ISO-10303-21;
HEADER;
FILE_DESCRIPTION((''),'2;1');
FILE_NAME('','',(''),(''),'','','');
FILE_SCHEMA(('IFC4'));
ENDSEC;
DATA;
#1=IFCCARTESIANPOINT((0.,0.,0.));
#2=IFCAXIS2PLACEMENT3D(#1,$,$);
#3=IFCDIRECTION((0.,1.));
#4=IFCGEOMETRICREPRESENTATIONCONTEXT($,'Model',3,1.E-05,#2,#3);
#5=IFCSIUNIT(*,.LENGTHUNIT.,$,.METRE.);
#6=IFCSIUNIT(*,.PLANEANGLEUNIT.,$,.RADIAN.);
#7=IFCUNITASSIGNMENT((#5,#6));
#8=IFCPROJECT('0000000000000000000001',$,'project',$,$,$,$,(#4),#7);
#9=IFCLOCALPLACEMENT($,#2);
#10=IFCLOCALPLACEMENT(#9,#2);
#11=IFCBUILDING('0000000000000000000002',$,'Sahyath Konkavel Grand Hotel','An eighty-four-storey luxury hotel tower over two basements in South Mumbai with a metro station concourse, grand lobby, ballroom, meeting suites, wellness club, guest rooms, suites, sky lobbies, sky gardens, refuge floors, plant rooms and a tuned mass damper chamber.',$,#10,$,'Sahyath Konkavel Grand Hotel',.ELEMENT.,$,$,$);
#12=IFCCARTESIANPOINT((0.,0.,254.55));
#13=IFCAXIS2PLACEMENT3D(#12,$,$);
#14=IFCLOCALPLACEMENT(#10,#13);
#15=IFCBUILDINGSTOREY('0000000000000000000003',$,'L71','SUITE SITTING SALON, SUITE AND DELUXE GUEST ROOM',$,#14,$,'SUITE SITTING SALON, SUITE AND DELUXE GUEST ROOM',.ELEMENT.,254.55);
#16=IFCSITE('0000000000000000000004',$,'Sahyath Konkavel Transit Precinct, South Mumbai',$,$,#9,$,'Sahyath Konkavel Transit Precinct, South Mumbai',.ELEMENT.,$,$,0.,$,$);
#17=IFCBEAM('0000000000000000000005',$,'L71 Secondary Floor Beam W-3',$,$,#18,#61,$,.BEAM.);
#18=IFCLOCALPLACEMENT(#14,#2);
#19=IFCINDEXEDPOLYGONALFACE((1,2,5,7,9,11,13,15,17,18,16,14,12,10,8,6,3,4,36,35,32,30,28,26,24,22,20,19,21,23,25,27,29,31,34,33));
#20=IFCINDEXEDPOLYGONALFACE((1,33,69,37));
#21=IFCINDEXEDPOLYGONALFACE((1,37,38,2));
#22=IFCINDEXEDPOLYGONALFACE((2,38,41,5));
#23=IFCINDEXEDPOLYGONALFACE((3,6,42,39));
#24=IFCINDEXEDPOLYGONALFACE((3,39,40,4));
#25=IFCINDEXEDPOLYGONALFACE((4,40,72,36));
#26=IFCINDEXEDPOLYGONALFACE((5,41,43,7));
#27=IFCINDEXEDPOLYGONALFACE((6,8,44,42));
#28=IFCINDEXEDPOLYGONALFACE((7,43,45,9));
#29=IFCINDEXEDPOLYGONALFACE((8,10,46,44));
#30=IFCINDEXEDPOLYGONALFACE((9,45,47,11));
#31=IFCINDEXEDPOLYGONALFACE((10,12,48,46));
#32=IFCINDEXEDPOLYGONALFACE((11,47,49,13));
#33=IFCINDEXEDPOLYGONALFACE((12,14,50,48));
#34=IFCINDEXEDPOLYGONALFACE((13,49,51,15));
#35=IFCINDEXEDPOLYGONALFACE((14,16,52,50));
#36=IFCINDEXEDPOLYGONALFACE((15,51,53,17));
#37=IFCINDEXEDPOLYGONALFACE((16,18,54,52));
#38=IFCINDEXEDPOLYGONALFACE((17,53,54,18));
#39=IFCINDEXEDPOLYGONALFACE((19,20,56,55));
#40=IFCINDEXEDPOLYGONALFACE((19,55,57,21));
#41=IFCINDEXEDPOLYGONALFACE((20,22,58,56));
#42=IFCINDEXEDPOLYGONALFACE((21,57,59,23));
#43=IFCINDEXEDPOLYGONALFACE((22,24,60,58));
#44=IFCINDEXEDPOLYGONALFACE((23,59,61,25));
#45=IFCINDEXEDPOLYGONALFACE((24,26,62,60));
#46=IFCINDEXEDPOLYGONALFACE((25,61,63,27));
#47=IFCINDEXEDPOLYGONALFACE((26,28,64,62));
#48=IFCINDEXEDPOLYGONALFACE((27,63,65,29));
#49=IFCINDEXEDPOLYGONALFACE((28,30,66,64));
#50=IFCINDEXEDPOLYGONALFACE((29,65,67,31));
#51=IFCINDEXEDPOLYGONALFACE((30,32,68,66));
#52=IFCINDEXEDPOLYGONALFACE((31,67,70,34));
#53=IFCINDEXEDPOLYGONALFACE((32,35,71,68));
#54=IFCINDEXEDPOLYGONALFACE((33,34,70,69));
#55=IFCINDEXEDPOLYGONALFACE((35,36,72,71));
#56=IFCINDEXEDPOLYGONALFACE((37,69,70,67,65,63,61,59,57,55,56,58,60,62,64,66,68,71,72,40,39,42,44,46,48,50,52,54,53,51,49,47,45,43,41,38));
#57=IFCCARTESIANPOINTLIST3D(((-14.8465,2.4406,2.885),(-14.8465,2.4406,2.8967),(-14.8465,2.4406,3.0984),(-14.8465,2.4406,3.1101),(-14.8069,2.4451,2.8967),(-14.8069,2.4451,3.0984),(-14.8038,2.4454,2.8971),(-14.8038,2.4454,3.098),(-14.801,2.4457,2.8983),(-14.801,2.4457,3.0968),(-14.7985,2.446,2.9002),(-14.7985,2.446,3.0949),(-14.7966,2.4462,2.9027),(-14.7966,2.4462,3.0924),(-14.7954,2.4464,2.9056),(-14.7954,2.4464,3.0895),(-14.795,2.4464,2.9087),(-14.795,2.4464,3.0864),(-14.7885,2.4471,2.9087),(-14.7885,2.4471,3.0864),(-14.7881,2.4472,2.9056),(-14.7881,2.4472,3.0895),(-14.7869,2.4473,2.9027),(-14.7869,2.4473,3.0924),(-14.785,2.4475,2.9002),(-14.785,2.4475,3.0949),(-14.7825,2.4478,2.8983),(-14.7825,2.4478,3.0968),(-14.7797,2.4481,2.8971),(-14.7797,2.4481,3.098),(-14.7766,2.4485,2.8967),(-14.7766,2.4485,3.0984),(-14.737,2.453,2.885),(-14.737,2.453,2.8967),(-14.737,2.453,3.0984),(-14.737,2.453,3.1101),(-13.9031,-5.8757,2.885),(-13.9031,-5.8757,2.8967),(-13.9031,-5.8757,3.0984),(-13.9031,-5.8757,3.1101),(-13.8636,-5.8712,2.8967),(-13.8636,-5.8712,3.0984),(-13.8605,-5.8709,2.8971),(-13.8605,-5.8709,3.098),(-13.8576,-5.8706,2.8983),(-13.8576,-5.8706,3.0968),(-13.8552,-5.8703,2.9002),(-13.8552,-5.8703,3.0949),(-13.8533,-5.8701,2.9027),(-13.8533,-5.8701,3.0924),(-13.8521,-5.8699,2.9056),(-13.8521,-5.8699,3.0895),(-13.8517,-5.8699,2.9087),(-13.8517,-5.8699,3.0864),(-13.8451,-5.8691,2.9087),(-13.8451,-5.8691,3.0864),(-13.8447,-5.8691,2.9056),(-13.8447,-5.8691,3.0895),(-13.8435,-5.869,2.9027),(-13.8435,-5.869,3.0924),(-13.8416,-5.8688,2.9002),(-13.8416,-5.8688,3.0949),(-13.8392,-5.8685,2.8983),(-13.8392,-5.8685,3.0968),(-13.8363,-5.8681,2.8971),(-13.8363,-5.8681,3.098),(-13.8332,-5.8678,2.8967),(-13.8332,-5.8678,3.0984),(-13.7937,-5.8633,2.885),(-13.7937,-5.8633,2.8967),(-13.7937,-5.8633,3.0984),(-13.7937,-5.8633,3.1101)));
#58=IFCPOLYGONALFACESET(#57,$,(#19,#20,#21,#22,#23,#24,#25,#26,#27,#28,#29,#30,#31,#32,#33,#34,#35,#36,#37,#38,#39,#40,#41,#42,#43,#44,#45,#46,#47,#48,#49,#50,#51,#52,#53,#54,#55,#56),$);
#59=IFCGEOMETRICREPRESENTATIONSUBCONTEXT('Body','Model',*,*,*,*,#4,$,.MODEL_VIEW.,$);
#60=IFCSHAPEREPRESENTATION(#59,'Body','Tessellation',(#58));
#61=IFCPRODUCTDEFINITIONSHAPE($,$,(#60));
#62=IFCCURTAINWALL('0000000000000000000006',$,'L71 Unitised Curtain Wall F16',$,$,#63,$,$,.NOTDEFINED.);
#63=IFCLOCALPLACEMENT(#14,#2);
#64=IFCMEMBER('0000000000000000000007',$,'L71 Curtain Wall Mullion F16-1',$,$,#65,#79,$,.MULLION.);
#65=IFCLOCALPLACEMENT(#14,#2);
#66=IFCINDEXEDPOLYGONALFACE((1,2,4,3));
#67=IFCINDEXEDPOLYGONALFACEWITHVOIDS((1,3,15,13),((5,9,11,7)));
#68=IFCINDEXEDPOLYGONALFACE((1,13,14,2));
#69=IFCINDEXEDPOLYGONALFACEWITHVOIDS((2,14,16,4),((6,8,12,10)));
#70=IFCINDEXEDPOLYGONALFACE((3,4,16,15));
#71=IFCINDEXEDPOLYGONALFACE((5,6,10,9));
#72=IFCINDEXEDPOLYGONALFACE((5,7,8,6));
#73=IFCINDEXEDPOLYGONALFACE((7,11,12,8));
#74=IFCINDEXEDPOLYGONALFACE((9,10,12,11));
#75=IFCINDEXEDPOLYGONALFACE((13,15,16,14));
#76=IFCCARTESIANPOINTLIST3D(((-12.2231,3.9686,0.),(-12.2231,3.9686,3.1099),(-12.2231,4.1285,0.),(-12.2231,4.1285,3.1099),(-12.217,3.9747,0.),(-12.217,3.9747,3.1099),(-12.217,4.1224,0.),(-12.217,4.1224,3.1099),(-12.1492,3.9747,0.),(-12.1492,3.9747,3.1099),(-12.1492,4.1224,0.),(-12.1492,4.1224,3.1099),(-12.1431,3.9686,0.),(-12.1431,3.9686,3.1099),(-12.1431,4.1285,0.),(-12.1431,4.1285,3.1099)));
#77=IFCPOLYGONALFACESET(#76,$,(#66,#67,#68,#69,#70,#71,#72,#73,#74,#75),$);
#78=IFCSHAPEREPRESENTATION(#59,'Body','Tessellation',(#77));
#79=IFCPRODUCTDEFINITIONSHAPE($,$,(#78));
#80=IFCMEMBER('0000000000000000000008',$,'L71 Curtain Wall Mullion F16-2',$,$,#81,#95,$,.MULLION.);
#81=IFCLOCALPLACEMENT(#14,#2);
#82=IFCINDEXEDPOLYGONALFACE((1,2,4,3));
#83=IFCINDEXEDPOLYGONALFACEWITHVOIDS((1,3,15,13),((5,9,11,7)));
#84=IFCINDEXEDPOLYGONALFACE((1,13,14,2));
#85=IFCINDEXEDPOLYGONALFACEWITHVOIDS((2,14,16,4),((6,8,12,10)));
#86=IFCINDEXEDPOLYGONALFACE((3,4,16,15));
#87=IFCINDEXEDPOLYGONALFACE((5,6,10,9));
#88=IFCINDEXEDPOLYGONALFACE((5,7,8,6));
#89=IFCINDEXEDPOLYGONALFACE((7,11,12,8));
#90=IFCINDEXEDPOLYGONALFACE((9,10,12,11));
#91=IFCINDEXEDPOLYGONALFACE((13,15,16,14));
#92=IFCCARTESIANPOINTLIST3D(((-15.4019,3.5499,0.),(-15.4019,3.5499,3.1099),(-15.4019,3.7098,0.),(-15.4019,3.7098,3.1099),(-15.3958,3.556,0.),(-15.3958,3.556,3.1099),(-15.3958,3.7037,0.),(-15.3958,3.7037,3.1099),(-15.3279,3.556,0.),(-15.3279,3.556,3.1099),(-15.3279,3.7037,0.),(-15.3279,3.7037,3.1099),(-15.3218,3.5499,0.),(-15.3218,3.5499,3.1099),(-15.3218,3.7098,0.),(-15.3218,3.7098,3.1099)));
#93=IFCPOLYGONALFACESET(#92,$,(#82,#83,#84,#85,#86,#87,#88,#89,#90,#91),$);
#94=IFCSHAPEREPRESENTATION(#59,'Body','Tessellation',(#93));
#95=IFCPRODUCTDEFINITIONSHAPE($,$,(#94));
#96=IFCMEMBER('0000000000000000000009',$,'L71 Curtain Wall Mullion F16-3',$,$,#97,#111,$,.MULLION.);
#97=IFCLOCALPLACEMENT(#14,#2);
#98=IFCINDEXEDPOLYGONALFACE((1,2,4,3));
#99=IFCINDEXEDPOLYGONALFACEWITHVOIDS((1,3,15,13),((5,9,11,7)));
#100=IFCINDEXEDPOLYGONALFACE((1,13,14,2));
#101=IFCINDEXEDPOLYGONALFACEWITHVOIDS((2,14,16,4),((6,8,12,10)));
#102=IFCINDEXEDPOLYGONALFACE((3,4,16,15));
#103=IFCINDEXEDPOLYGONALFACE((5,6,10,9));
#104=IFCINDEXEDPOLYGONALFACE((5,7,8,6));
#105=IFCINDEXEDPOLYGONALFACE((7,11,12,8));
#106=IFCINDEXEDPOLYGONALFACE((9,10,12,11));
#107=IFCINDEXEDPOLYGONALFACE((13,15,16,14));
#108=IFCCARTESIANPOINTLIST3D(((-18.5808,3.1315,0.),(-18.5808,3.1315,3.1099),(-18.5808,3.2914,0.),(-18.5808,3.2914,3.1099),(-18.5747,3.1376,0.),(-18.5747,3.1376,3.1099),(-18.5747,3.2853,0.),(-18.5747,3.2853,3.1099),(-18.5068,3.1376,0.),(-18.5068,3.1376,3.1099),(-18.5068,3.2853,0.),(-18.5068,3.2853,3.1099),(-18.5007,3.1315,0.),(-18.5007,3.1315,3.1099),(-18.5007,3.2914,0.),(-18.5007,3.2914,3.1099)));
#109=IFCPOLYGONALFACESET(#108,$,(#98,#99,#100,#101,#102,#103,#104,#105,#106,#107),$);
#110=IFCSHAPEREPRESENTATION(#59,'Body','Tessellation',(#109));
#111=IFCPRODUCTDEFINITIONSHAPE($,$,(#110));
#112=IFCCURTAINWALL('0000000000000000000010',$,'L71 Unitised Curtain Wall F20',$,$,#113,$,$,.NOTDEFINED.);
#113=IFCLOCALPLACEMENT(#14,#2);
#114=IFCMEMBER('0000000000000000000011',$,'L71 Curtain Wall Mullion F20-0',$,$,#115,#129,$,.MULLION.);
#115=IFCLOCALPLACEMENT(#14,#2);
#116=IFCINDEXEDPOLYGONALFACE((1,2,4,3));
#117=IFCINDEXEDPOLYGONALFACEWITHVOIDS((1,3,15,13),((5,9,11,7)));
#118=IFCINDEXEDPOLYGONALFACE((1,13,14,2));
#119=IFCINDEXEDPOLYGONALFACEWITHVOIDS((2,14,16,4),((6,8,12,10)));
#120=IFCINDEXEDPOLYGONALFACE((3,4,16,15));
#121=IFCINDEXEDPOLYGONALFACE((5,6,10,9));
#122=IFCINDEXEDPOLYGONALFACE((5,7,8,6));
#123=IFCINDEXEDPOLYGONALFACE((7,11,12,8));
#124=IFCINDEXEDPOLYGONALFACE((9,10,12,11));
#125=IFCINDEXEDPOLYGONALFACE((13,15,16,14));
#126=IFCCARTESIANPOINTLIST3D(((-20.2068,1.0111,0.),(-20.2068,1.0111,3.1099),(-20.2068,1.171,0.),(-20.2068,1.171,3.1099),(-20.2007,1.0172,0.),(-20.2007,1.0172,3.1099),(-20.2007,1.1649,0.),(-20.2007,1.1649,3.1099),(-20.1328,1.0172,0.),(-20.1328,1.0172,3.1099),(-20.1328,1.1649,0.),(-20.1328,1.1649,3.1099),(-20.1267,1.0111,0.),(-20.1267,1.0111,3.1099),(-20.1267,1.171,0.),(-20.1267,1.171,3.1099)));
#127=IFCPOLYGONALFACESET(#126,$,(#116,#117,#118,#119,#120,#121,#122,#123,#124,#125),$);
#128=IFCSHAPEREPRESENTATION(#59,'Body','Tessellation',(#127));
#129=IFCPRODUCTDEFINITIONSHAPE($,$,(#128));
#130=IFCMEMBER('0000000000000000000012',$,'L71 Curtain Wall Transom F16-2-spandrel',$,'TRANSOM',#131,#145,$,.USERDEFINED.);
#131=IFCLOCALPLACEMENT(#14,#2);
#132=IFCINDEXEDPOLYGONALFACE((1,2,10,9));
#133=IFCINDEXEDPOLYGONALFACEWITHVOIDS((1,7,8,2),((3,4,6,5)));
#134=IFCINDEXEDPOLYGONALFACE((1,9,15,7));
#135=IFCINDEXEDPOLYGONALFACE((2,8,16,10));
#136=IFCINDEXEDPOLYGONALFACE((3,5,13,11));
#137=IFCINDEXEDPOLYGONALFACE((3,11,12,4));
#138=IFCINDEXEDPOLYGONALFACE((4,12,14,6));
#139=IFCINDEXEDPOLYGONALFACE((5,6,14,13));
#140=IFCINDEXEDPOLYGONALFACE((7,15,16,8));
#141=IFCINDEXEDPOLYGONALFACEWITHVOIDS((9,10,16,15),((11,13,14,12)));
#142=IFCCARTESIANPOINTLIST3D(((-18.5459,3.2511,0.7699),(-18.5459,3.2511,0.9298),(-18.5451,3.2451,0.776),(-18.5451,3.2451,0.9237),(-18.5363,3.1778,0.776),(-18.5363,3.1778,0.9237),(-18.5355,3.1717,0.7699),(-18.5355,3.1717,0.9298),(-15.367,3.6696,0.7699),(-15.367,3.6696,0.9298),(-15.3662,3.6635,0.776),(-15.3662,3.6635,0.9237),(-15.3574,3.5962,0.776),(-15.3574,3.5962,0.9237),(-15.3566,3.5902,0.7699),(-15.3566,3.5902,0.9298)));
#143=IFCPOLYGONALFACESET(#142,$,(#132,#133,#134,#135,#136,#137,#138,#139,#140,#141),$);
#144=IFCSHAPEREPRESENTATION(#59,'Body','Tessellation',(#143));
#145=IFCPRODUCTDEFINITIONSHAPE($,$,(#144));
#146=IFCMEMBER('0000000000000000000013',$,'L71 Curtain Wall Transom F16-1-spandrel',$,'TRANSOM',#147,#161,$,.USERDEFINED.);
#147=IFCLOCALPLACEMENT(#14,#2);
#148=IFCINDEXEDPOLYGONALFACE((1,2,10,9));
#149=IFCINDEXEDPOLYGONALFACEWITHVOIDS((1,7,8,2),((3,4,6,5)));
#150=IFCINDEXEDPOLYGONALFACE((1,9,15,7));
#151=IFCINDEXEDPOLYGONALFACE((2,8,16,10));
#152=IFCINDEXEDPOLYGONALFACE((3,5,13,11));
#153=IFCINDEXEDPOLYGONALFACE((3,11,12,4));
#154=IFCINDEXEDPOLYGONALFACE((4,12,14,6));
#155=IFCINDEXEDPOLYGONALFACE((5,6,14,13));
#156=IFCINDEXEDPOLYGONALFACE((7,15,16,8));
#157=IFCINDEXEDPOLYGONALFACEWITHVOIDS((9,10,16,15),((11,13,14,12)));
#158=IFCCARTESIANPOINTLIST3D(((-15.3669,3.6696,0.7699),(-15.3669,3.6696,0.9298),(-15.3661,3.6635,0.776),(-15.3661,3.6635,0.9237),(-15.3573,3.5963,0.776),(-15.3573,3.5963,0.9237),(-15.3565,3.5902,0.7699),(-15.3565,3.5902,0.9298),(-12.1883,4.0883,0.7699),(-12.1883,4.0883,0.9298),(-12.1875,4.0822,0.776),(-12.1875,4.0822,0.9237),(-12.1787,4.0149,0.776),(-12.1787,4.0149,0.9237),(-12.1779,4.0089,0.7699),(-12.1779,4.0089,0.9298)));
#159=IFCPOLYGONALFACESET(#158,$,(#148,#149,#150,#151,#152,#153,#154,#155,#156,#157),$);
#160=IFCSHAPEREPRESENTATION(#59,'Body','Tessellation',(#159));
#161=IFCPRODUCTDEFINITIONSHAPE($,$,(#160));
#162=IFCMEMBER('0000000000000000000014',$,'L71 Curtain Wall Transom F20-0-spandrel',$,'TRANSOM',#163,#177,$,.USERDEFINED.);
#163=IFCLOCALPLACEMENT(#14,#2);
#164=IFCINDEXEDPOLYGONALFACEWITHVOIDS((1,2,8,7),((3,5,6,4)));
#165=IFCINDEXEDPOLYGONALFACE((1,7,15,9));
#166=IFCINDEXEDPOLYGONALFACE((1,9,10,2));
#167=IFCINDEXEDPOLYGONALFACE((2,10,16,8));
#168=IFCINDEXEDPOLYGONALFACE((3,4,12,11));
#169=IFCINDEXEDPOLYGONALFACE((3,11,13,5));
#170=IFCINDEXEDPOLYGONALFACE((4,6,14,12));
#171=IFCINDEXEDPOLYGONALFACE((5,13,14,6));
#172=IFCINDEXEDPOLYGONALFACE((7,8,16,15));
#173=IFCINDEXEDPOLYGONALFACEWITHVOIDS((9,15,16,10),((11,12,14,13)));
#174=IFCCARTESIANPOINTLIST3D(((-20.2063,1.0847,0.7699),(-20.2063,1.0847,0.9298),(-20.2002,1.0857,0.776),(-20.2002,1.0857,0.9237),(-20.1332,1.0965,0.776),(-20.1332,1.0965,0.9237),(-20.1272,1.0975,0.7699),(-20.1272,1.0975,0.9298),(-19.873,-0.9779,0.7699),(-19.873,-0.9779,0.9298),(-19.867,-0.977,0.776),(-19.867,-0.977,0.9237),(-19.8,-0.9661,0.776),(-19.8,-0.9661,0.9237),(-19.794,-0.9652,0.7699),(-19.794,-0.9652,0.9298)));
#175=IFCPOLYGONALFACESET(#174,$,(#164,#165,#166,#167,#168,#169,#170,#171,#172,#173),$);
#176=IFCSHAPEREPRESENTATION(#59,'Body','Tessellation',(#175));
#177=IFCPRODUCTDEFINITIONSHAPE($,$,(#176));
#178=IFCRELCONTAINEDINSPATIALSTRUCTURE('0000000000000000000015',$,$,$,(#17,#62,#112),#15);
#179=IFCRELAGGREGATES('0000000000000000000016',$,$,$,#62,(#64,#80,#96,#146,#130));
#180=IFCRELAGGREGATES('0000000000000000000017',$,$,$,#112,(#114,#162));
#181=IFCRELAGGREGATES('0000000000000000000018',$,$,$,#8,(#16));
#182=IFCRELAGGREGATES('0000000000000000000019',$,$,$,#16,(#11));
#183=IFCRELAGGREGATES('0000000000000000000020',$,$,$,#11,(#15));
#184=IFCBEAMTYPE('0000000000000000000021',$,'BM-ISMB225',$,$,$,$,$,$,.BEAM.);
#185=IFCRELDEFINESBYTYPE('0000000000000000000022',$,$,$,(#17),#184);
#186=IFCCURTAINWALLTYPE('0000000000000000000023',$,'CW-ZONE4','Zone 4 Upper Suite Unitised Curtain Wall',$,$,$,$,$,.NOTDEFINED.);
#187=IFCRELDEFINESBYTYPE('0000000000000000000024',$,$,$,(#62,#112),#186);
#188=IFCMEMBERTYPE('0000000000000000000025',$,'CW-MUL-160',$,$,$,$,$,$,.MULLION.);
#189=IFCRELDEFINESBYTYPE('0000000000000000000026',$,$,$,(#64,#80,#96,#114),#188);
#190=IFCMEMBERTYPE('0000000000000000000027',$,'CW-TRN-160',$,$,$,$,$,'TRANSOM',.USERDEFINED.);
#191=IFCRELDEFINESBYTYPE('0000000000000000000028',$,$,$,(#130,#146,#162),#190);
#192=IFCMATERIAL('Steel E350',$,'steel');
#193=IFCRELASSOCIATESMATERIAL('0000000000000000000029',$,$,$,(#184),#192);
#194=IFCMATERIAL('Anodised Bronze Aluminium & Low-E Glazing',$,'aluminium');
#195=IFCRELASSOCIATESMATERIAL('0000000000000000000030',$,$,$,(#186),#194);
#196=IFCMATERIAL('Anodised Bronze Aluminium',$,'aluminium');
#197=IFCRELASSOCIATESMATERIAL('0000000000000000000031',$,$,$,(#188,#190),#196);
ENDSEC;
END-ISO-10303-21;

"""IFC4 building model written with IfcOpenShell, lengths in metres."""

from ifc_helpers import new_model, si_unit, direction, frame, origin, origin_2d, place, context, subcontext, project, spatial, hollow_rectangle, i_section, extrude, source, transform, mapped, material, material_profile, profile_set, type_object, element, aggregate, save


model = new_model("IFC4")

# Units and contexts
model_context = context("Model", 3, precision=1e-05, world=origin(), true_north=direction((0.0, 1.0)))
body_context = subcontext(model_context, "Body", "Model", "MODEL_VIEW")
ifc_project = project(units=[si_unit("LENGTHUNIT", "METRE"), si_unit("PLANEANGLEUNIT", "RADIAN")], contexts=[model_context])

# Site, building, storey
site_placement = place(None, origin())
site = spatial("IfcSite", under=ifc_project, at=site_placement, Name="Sahyath Konkavel Transit Precinct, South Mumbai", LongName="Sahyath Konkavel Transit Precinct, South Mumbai", CompositionType="ELEMENT", RefElevation=0.0)
building_placement = place(site_placement, origin())
building = spatial("IfcBuilding", under=site, at=building_placement, Name="Sahyath Konkavel Grand Hotel", Description="An eighty-four-storey luxury hotel tower over two basements in South Mumbai with a metro station concourse, grand lobby, ballroom, meeting suites, wellness club, guest rooms, suites, sky lobbies, sky gardens, refuge floors, plant rooms and a tuned mass damper chamber.", LongName="Sahyath Konkavel Grand Hotel", CompositionType="ELEMENT")
storey_placement = place(building_placement, frame((0.0, 0.0, 254.55)))
storey = spatial("IfcBuildingStorey", under=building, at=storey_placement, Name="L71", Description="SUITE SITTING SALON, SUITE AND DELUXE GUEST ROOM", LongName="SUITE SITTING SALON, SUITE AND DELUXE GUEST ROOM", CompositionType="ELEMENT", Elevation=254.55)

# Beam
ifc_material_1 = material(Name="Steel E350", Category="steel")
ifc_material_profile_1 = material_profile(ifc_material_1, i_section(OverallWidth=0.1101, OverallDepth=0.2251, WebThickness=0.0066, FlangeThickness=0.0117, FilletRadius=0.012, at=origin_2d()), Name="ISMB 225")
ifc_profile_set_1 = profile_set([ifc_material_profile_1], Name="Steel E350")
beam_type_1 = type_object("IfcBeamType", Name="BM-ISMB225", PredefinedType="BEAM", material=ifc_profile_set_1)
shared_shape_1 = source(origin(), body_context, "Body", "SweptSolid", [
    extrude(i_section(OverallWidth=0.1101, OverallDepth=0.2251, WebThickness=0.0066, FlangeThickness=0.0117, FilletRadius=0.012, at=origin_2d()), origin(), (0.0, 0.0, 1.0), 8.3696),
])
beam_1_placement = place(storey_placement, frame((-14.7917, 2.4468, 2.9976), z_axis=(0.112711, -0.993628, 0.0), x_axis=(0.993628, 0.112711, 0.0)))
element("IfcBeam", 1, at=beam_1_placement, inside=storey, type_object=beam_type_1, Name="L71 Secondary Floor Beam W-3", PredefinedType="BEAM", context=body_context, shape_type="MappedRepresentation", body=[
    mapped(shared_shape_1, transform((0.0, 0.0, 0.0), scale=1.0)),
])

# Curtain wall, members
ifc_material_2 = material(Name="Anodised Bronze Aluminium & Low-E Glazing", Category="aluminium")
curtain_wall_type = type_object("IfcCurtainWallType", Name="CW-ZONE4", Description="Zone 4 Upper Suite Unitised Curtain Wall", PredefinedType="NOTDEFINED", material=ifc_material_2)
curtain_wall_1_placement = place(storey_placement, origin())
curtain_wall_1 = element("IfcCurtainWall", 2, at=curtain_wall_1_placement, inside=storey, type_object=curtain_wall_type, Name="L71 Unitised Curtain Wall F16", PredefinedType="NOTDEFINED")
ifc_material_3 = material(Name="Anodised Bronze Aluminium", Category="aluminium")
ifc_material_profile_2 = material_profile(ifc_material_3, hollow_rectangle(XDim=0.0801, YDim=0.1599, WallThickness=0.0061, at=origin_2d()), Name="RHS 160x80x6")
ifc_profile_set_2 = profile_set([ifc_material_profile_2], Name="Anodised Bronze Aluminium")
member_type_1 = type_object("IfcMemberType", Name="CW-MUL-160", PredefinedType="MULLION", material=ifc_profile_set_2)
shared_shape_2 = source(origin(), body_context, "Body", "SweptSolid", [
    extrude(hollow_rectangle(XDim=0.0801, YDim=0.1599, WallThickness=0.0061, at=origin_2d()), origin(), (0.0, 0.0, 1.0), 3.1099),
])
member_1_placement = place(storey_placement, frame((-12.1831, 4.0486, 0.0), z_axis=(0.0, 0.0, 1.0), x_axis=(1.0, 0.0, 0.0)))
member_1 = element("IfcMember", 3, at=member_1_placement, type_object=member_type_1, Name="L71 Curtain Wall Mullion F16-1", PredefinedType="MULLION", context=body_context, shape_type="MappedRepresentation", body=[
    mapped(shared_shape_2, transform((0.0, 0.0, 0.0), scale=1.0)),
])
member_2_placement = place(storey_placement, frame((-15.3618, 3.6299, 0.0), z_axis=(0.0, 0.0, 1.0), x_axis=(1.0, 0.0, 0.0)))
member_2 = element("IfcMember", 4, at=member_2_placement, type_object=member_type_1, Name="L71 Curtain Wall Mullion F16-2", PredefinedType="MULLION", context=body_context, shape_type="MappedRepresentation", body=[
    mapped(shared_shape_2, transform((0.0, 0.0, 0.0), scale=1.0)),
])
member_3_placement = place(storey_placement, frame((-18.5408, 3.2114, 0.0), z_axis=(0.0, 0.0, 1.0), x_axis=(1.0, 0.0, 0.0)))
member_3 = element("IfcMember", 5, at=member_3_placement, type_object=member_type_1, Name="L71 Curtain Wall Mullion F16-3", PredefinedType="MULLION", context=body_context, shape_type="MappedRepresentation", body=[
    mapped(shared_shape_2, transform((0.0, 0.0, 0.0), scale=1.0)),
])

# Curtain wall, member
curtain_wall_2_placement = place(storey_placement, origin())
curtain_wall_2 = element("IfcCurtainWall", 6, at=curtain_wall_2_placement, inside=storey, type_object=curtain_wall_type, Name="L71 Unitised Curtain Wall F20", PredefinedType="NOTDEFINED")
member_4_placement = place(storey_placement, frame((-20.1667, 1.0911, 0.0), z_axis=(0.0, 0.0, 1.0), x_axis=(1.0, 0.0, 0.0)))
member_4 = element("IfcMember", 7, at=member_4_placement, type_object=member_type_1, Name="L71 Curtain Wall Mullion F20-0", PredefinedType="MULLION", context=body_context, shape_type="MappedRepresentation", body=[
    mapped(shared_shape_2, transform((0.0, 0.0, 0.0), scale=1.0)),
])

# Members
ifc_material_profile_3 = material_profile(ifc_material_3, hollow_rectangle(XDim=0.0801, YDim=0.1599, WallThickness=0.0061, at=origin_2d()), Name="RHS 160x80x6")
ifc_profile_set_3 = profile_set([ifc_material_profile_3], Name="Anodised Bronze Aluminium")
member_type_2 = type_object("IfcMemberType", Name="CW-TRN-160", ElementType="TRANSOM", PredefinedType="USERDEFINED", material=ifc_profile_set_3)
shared_shape_3 = source(origin(), body_context, "Body", "SweptSolid", [
    extrude(hollow_rectangle(XDim=0.0801, YDim=0.1599, WallThickness=0.0061, at=origin_2d()), origin(), (0.0, 0.0, 1.0), 3.2063),
])
member_5_placement = place(storey_placement, frame((-15.3618, 3.6299, 0.8499), z_axis=(-0.991447, -0.130508, 0.0), x_axis=(0.130508, -0.991447, 0.0)))
member_5 = element("IfcMember", 8, at=member_5_placement, type_object=member_type_2, Name="L71 Curtain Wall Transom F16-2-spandrel", ObjectType="TRANSOM", PredefinedType="USERDEFINED", context=body_context, shape_type="MappedRepresentation", body=[
    mapped(shared_shape_3, transform((0.0, 0.0, 0.0), scale=1.0)),
])
shared_shape_4 = source(origin(), body_context, "Body", "SweptSolid", [
    extrude(hollow_rectangle(XDim=0.0801, YDim=0.1599, WallThickness=0.0061, at=origin_2d()), origin(), (0.0, 0.0, 1.0), 3.2061),
])
member_6_placement = place(storey_placement, frame((-12.1831, 4.0486, 0.8499), z_axis=(-0.991436, -0.130592, 0.0), x_axis=(0.130592, -0.991436, 0.0)))
member_6 = element("IfcMember", 9, at=member_6_placement, type_object=member_type_2, Name="L71 Curtain Wall Transom F16-1-spandrel", ObjectType="TRANSOM", PredefinedType="USERDEFINED", context=body_context, shape_type="MappedRepresentation", body=[
    mapped(shared_shape_4, transform((0.0, 0.0, 0.0), scale=1.0)),
])
shared_shape_5 = source(origin(), body_context, "Body", "SweptSolid", [
    extrude(hollow_rectangle(XDim=0.0801, YDim=0.1599, WallThickness=0.0061, at=origin_2d()), origin(), (0.0, 0.0, 1.0), 2.0894),
])
member_7_placement = place(storey_placement, frame((-20.1667, 1.0911, 0.8499), z_axis=(0.159508, -0.987197, 0.0), x_axis=(0.987197, 0.159508, 0.0)))
member_7 = element("IfcMember", 10, at=member_7_placement, type_object=member_type_2, Name="L71 Curtain Wall Transom F20-0-spandrel", ObjectType="TRANSOM", PredefinedType="USERDEFINED", context=body_context, shape_type="MappedRepresentation", body=[
    mapped(shared_shape_5, transform((0.0, 0.0, 0.0), scale=1.0)),
])

aggregate(curtain_wall_1, [member_1, member_2, member_3, member_6, member_5])
aggregate(curtain_wall_2, [member_4, member_7])

save(model, "model.ifc")
